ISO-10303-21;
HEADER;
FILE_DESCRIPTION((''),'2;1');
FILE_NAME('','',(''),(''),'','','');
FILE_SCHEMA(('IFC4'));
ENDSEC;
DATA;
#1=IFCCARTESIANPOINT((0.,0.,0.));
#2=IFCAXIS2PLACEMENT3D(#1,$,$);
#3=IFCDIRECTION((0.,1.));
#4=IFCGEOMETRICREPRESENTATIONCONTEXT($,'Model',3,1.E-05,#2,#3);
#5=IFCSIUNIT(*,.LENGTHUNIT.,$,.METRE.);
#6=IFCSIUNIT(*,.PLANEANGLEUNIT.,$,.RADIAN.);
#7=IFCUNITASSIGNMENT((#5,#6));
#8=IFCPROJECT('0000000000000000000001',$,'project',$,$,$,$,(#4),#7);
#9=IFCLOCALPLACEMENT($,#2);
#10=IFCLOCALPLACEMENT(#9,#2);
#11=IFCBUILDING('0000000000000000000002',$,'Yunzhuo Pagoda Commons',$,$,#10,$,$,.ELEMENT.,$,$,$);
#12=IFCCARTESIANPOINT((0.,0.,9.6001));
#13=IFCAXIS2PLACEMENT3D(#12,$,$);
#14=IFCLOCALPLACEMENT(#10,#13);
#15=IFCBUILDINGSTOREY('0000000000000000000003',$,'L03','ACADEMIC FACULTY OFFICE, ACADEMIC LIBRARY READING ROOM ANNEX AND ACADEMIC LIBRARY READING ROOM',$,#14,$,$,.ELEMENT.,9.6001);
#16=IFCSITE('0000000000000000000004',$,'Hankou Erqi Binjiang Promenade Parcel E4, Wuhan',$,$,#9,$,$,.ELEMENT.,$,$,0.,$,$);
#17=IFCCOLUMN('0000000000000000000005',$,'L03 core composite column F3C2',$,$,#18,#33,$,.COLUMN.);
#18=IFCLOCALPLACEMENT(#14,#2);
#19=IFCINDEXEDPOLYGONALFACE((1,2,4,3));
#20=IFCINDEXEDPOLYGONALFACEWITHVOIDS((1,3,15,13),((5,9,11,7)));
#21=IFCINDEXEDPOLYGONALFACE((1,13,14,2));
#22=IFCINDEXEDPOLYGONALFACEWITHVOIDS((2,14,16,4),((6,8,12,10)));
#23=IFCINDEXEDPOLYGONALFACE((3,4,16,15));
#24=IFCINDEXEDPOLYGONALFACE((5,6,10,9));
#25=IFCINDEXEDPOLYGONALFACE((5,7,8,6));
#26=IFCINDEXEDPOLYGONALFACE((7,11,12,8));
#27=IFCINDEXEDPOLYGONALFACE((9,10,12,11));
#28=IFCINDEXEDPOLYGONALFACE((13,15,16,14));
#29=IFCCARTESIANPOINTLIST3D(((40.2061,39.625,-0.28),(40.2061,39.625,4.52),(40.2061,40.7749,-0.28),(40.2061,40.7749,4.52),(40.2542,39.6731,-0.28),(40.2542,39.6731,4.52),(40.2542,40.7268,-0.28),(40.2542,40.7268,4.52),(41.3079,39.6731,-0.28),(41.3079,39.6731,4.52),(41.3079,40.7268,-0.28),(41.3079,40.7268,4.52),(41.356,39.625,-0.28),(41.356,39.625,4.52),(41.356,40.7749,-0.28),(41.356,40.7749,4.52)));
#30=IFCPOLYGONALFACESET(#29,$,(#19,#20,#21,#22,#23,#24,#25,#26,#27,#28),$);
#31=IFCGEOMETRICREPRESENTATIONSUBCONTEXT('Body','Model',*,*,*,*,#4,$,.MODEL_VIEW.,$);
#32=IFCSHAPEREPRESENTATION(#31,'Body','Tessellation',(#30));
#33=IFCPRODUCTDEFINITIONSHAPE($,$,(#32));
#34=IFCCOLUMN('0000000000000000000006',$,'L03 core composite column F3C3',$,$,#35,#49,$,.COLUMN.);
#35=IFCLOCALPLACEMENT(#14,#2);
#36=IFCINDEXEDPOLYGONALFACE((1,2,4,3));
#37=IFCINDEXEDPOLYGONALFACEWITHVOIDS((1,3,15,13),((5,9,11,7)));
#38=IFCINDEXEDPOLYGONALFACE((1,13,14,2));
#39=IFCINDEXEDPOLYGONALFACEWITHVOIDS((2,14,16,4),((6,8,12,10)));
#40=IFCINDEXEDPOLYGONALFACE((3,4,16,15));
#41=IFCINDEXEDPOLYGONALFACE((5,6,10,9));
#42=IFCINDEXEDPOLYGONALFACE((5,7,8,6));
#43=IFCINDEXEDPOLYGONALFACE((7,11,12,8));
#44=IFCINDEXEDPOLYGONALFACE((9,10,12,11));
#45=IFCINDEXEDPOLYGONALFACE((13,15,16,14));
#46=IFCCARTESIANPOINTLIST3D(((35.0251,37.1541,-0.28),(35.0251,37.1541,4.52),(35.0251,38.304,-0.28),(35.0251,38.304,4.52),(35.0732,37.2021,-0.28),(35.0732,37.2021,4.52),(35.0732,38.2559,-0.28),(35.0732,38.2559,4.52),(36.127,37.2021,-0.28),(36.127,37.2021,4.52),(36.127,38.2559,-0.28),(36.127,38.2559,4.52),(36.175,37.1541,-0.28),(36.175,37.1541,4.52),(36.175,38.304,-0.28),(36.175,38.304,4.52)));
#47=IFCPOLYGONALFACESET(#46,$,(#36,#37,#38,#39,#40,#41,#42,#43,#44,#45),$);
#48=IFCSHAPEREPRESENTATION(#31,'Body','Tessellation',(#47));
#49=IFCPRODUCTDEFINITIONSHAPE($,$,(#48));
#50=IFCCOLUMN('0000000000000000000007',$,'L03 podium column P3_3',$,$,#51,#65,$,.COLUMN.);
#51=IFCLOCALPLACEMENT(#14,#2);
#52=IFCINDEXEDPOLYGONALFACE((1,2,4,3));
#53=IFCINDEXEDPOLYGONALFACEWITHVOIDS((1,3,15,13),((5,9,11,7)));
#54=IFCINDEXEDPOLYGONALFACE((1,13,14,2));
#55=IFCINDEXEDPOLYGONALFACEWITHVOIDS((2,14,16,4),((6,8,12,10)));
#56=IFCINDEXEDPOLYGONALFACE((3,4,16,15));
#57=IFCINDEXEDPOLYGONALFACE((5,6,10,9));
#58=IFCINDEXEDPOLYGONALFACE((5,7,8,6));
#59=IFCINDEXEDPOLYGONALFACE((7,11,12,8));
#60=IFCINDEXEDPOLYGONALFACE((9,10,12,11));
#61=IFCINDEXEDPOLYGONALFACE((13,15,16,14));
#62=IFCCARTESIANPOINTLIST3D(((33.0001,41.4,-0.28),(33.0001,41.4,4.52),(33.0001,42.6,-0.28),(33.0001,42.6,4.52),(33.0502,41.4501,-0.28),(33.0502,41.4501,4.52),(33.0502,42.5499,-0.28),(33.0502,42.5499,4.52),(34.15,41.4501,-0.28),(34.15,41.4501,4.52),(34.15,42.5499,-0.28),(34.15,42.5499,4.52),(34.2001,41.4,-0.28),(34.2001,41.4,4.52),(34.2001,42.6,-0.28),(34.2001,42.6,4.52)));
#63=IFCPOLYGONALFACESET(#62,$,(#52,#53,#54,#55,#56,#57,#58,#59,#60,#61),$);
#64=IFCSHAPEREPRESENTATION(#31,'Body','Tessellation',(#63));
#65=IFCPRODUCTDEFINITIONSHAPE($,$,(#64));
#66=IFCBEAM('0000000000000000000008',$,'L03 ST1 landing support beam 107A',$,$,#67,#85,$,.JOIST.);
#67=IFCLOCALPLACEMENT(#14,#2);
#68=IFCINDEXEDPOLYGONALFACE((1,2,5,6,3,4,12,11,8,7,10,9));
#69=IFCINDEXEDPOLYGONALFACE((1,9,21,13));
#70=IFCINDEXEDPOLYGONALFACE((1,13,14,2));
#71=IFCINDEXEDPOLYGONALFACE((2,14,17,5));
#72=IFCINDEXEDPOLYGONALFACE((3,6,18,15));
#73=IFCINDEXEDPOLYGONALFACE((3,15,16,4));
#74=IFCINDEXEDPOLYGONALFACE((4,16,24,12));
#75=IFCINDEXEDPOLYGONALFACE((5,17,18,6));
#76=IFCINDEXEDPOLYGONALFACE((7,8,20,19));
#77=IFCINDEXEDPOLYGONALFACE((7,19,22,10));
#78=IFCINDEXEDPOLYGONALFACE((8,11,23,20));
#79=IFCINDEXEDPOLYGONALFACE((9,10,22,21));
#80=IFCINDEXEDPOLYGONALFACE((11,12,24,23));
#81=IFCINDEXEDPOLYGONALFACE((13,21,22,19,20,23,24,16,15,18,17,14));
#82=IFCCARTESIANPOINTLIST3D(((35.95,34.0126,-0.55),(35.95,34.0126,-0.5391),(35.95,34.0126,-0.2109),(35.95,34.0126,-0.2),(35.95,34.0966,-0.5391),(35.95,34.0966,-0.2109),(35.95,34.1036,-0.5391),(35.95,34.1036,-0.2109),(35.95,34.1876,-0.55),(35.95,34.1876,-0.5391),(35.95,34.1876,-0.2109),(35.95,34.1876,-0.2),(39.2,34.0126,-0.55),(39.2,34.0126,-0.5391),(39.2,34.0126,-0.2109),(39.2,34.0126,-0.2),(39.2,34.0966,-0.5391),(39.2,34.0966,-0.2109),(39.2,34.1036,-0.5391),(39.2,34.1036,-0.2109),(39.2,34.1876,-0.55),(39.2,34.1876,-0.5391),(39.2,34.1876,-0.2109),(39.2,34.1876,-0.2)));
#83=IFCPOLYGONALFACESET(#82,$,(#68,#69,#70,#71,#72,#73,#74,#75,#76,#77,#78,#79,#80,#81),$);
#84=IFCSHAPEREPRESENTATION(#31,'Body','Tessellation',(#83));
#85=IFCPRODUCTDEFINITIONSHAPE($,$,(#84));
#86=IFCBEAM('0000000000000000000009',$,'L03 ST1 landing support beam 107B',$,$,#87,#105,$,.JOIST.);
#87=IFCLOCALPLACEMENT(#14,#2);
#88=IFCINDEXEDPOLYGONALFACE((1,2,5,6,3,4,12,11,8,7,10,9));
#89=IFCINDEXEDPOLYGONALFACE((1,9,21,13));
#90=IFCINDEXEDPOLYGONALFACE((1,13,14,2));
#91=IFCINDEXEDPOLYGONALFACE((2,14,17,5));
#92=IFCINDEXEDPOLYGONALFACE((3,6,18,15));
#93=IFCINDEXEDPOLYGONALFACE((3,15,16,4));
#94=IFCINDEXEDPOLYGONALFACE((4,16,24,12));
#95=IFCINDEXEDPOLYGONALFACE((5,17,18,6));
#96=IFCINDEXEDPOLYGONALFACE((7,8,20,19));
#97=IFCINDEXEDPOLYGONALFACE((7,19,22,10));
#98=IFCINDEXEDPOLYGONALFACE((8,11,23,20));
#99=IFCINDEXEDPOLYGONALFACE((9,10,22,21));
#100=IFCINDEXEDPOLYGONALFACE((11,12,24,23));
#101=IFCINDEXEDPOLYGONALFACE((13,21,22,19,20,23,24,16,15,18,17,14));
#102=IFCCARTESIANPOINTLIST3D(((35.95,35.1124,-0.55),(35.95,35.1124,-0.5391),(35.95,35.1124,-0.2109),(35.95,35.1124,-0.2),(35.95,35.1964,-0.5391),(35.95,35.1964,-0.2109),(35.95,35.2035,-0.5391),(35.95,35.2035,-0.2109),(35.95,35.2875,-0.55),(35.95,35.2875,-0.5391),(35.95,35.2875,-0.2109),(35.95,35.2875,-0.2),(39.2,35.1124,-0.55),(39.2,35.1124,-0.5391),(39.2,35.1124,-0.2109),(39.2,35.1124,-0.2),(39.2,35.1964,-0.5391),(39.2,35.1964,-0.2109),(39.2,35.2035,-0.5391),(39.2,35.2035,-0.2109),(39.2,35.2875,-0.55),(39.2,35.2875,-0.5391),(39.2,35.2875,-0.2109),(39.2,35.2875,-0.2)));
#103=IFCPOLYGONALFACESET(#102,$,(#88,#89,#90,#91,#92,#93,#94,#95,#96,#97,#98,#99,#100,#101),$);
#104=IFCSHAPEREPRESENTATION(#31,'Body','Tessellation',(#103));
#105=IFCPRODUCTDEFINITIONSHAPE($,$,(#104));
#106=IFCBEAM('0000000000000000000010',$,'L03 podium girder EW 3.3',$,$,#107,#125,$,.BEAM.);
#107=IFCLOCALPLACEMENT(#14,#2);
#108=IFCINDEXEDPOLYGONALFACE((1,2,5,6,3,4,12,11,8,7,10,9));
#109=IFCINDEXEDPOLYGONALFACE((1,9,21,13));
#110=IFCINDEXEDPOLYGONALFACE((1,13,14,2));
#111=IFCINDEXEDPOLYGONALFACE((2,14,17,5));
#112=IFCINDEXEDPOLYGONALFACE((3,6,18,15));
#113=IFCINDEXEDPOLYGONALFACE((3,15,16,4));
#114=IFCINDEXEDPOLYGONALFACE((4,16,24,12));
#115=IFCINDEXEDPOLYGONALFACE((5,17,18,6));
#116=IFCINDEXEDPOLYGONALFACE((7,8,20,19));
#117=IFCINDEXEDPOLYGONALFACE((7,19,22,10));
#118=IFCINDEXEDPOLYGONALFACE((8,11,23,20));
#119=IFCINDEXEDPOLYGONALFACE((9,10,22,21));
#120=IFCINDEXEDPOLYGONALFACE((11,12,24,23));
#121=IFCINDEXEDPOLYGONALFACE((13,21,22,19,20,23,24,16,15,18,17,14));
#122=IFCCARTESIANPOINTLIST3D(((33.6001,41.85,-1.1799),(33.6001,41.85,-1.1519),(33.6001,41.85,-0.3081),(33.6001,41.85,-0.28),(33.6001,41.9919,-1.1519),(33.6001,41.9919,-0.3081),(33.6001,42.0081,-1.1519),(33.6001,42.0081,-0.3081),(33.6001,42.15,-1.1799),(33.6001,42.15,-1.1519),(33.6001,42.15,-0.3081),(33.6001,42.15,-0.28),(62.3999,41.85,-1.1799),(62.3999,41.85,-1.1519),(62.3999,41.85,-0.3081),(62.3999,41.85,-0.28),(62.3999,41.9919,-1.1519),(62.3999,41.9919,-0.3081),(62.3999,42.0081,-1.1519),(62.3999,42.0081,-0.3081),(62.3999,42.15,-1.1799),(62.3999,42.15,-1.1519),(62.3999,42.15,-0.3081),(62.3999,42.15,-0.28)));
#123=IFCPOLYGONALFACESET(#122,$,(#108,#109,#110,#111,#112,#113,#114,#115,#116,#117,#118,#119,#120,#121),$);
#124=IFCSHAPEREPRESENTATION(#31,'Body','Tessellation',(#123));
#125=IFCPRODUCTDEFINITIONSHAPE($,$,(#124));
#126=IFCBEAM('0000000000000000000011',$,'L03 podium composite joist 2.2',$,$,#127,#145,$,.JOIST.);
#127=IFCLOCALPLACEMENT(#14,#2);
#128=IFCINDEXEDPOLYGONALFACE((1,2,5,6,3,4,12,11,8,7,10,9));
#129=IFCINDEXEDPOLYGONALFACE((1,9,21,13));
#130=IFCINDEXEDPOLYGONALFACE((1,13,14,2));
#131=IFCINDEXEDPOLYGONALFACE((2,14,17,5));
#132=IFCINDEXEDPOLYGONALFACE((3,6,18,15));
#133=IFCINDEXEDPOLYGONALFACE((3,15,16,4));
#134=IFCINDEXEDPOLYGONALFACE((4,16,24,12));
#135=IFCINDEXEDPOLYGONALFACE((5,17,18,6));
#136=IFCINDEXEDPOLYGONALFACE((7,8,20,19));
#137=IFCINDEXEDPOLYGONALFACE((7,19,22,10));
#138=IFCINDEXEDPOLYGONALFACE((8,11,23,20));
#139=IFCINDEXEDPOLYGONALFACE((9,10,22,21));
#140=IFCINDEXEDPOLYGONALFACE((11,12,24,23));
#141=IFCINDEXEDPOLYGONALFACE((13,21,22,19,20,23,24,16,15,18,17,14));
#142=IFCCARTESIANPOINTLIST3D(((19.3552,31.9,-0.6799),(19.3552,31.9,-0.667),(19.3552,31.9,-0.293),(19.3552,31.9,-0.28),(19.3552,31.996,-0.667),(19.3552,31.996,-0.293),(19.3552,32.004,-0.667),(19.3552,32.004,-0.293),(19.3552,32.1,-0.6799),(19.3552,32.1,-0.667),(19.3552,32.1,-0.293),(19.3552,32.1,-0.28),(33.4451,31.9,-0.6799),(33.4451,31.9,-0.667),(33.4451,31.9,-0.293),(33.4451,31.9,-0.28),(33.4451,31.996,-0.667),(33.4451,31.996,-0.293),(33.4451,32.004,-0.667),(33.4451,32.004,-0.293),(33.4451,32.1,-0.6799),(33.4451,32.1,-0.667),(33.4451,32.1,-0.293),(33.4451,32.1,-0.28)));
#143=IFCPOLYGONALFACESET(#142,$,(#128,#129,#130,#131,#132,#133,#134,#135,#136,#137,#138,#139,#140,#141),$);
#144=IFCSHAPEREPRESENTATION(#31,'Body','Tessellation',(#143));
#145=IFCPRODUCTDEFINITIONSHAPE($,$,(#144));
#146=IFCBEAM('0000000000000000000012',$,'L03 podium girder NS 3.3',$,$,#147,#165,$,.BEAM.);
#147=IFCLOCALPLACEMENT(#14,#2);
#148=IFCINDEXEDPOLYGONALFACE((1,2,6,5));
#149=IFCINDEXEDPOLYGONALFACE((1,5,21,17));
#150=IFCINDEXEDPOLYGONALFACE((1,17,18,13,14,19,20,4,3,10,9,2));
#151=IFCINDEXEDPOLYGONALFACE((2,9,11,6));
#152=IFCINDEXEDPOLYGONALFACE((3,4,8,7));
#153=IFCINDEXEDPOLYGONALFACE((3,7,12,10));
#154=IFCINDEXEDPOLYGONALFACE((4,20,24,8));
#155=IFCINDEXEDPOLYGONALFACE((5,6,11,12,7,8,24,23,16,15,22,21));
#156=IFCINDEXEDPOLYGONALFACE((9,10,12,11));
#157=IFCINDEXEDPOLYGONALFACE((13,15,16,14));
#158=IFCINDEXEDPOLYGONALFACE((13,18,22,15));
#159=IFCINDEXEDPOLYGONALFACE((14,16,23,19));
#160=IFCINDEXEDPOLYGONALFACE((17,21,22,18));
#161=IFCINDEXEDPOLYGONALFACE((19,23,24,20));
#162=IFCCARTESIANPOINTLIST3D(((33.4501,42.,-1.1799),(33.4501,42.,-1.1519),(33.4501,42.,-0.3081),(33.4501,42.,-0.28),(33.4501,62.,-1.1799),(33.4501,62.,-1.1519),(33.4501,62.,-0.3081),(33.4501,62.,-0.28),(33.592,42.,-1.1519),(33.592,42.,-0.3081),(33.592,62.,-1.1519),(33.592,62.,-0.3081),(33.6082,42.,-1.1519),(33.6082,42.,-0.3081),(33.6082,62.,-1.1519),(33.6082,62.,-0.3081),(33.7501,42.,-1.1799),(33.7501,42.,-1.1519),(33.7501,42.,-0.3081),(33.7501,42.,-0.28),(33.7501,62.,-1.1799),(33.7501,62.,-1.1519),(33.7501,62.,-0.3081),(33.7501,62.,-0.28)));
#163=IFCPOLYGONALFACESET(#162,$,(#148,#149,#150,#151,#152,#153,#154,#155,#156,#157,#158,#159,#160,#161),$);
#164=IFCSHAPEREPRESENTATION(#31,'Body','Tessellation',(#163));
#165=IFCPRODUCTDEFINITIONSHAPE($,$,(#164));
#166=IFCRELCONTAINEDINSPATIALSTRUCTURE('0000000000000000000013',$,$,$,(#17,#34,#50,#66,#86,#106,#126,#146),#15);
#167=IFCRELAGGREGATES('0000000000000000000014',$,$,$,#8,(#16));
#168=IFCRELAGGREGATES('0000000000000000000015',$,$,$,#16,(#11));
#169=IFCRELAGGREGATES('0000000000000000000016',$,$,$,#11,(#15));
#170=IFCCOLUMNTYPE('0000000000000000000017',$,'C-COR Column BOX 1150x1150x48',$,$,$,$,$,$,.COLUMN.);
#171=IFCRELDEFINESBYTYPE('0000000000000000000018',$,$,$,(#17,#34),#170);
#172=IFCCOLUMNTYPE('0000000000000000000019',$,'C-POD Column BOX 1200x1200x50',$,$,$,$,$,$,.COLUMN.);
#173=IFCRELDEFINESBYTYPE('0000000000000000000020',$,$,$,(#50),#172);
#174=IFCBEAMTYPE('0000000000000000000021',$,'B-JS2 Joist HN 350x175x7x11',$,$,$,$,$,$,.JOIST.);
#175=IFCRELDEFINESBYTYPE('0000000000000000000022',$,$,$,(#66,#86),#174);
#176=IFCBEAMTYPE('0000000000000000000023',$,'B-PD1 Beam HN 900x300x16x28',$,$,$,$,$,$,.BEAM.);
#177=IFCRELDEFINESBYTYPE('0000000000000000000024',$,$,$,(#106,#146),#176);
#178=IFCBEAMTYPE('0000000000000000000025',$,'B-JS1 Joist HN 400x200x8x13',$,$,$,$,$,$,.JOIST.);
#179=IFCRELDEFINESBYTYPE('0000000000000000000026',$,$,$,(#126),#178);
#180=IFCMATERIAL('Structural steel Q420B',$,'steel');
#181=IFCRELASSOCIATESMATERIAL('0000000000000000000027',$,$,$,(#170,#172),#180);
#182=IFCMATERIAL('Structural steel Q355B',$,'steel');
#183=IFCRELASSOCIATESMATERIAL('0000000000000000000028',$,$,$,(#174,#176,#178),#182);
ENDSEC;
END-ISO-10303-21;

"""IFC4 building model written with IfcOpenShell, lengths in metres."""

from ifc_helpers import new_model, si_unit, direction, frame, origin, origin_2d, place, context, subcontext, project, spatial, hollow_rectangle, i_section, extrude, source, transform, mapped, material, material_profile, profile_set, type_object, element, save


model = new_model("IFC4")

# Units and contexts
model_context = context("Model", 3, precision=1e-05, world=origin(), true_north=direction((0.0, 1.0)))
body_context = subcontext(model_context, "Body", "Model", "MODEL_VIEW")
ifc_project = project(units=[si_unit("LENGTHUNIT", "METRE"), si_unit("PLANEANGLEUNIT", "RADIAN")], contexts=[model_context])

# Site, building, storey
site_placement = place(None, origin())
site = spatial("IfcSite", under=ifc_project, at=site_placement, Name="Hankou Erqi Binjiang Promenade Parcel E4, Wuhan", CompositionType="ELEMENT", RefElevation=0.0)
building_placement = place(site_placement, origin())
building = spatial("IfcBuilding", under=site, at=building_placement, Name="Yunzhuo Pagoda Commons", CompositionType="ELEMENT")
storey_placement = place(building_placement, frame((0.0, 0.0, 9.6001)))
storey = spatial("IfcBuildingStorey", under=building, at=storey_placement, Name="L03", Description="ACADEMIC FACULTY OFFICE, ACADEMIC LIBRARY READING ROOM ANNEX AND ACADEMIC LIBRARY READING ROOM", CompositionType="ELEMENT", Elevation=9.6001)

# Columns
ifc_material_1 = material(Name="Structural steel Q420B", Category="steel")
ifc_material_profile_1 = material_profile(ifc_material_1, hollow_rectangle(XDim=1.1499, YDim=1.1499, WallThickness=0.0481, at=origin_2d()), Name="Structural steel Q420B")
ifc_profile_set_1 = profile_set([ifc_material_profile_1], Name="Structural steel Q420B")
column_type_1 = type_object("IfcColumnType", Name="C-COR Column BOX 1150x1150x48", PredefinedType="COLUMN", material=ifc_profile_set_1)
shared_shape_1 = source(origin(), body_context, "Body", "SweptSolid", [
    extrude(hollow_rectangle(XDim=1.1499, YDim=1.1499, WallThickness=0.0481, at=origin_2d()), origin(), (0.0, 0.0, 1.0), 4.8),
])
for number, where, z_axis, x_axis, name in (
    (1, (40.781, 40.2, -0.28), (0.0, 0.0, 1.0), (1.0, 0.0, 0.0), "L03 core composite column F3C2"),
    (2, (35.6001, 37.729, -0.28), (0.0, 0.0, 1.0), (1.0, 0.0, 0.0), "L03 core composite column F3C3"),
):
    element("IfcColumn", number, at=place(storey_placement, frame(where, z_axis=z_axis, x_axis=x_axis)), inside=storey, type_object=column_type_1, Name=name, PredefinedType="COLUMN", context=body_context, shape_type="MappedRepresentation", body=[
        mapped(shared_shape_1, transform((0.0, 0.0, 0.0), scale=1.0)),
    ])
ifc_material_profile_2 = material_profile(ifc_material_1, hollow_rectangle(XDim=1.2, YDim=1.2, WallThickness=0.05, at=origin_2d()), Name="Structural steel Q420B")
ifc_profile_set_2 = profile_set([ifc_material_profile_2], Name="Structural steel Q420B")
column_type_2 = type_object("IfcColumnType", Name="C-POD Column BOX 1200x1200x50", PredefinedType="COLUMN", material=ifc_profile_set_2)
shared_shape_2 = source(origin(), body_context, "Body", "SweptSolid", [
    extrude(hollow_rectangle(XDim=1.2, YDim=1.2, WallThickness=0.05, at=origin_2d()), origin(), (0.0, 0.0, 1.0), 4.8),
])
column_placement = place(storey_placement, frame((33.6001, 42.0, -0.28), z_axis=(0.0, 0.0, 1.0), x_axis=(1.0, 0.0, 0.0)))
element("IfcColumn", 3, at=column_placement, inside=storey, type_object=column_type_2, Name="L03 podium column P3_3", PredefinedType="COLUMN", context=body_context, shape_type="MappedRepresentation", body=[
    mapped(shared_shape_2, transform((0.0, 0.0, 0.0), scale=1.0)),
])

# Beams
ifc_material_2 = material(Name="Structural steel Q355B", Category="steel")
ifc_material_profile_3 = material_profile(ifc_material_2, i_section(OverallWidth=0.175, OverallDepth=0.3501, WebThickness=0.0071, FlangeThickness=0.011, at=origin_2d()), Name="Structural steel Q355B")
ifc_profile_set_3 = profile_set([ifc_material_profile_3], Name="Structural steel Q355B")
beam_type_1 = type_object("IfcBeamType", Name="B-JS2 Joist HN 350x175x7x11", PredefinedType="JOIST", material=ifc_profile_set_3)
shared_shape_3 = source(origin(), body_context, "Body", "SweptSolid", [
    extrude(i_section(OverallWidth=0.175, OverallDepth=0.3501, WebThickness=0.0071, FlangeThickness=0.011, at=origin_2d()), origin(), (0.0, 0.0, 1.0), 3.25),
])
for number, where, z_axis, x_axis, name in (
    (4, (35.95, 34.1001, -0.375), (1.0, 0.0, 0.0), (0.0, 1.0, 0.0), "L03 ST1 landing support beam 107A"),
    (5, (35.95, 35.2, -0.375), (1.0, 0.0, 0.0), (0.0, 1.0, 0.0), "L03 ST1 landing support beam 107B"),
):
    element("IfcBeam", number, at=place(storey_placement, frame(where, z_axis=z_axis, x_axis=x_axis)), inside=storey, type_object=beam_type_1, Name=name, PredefinedType="JOIST", context=body_context, shape_type="MappedRepresentation", body=[
        mapped(shared_shape_3, transform((0.0, 0.0, 0.0), scale=1.0)),
    ])
ifc_material_profile_4 = material_profile(ifc_material_2, i_section(OverallWidth=0.3, OverallDepth=0.8999, WebThickness=0.0161, FlangeThickness=0.0281, at=origin_2d()), Name="Structural steel Q355B")
ifc_profile_set_4 = profile_set([ifc_material_profile_4], Name="Structural steel Q355B")
beam_type_2 = type_object("IfcBeamType", Name="B-PD1 Beam HN 900x300x16x28", PredefinedType="BEAM", material=ifc_profile_set_4)
shared_shape_4 = source(origin(), body_context, "Body", "SweptSolid", [
    extrude(i_section(OverallWidth=0.3, OverallDepth=0.8999, WebThickness=0.0161, FlangeThickness=0.0281, at=origin_2d()), origin(), (0.0, 0.0, 1.0), 28.7998),
])
beam_1_placement = place(storey_placement, frame((33.6001, 42.0, -0.73), z_axis=(1.0, 0.0, 0.0), x_axis=(0.0, 1.0, 0.0)))
element("IfcBeam", 6, at=beam_1_placement, inside=storey, type_object=beam_type_2, Name="L03 podium girder EW 3.3", PredefinedType="BEAM", context=body_context, shape_type="MappedRepresentation", body=[
    mapped(shared_shape_4, transform((0.0, 0.0, 0.0), scale=1.0)),
])
ifc_material_profile_5 = material_profile(ifc_material_2, i_section(OverallWidth=0.2, OverallDepth=0.3999, WebThickness=0.0081, FlangeThickness=0.0129, at=origin_2d()), Name="Structural steel Q355B")
ifc_profile_set_5 = profile_set([ifc_material_profile_5], Name="Structural steel Q355B")
beam_type_3 = type_object("IfcBeamType", Name="B-JS1 Joist HN 400x200x8x13", PredefinedType="JOIST", material=ifc_profile_set_5)
shared_shape_5 = source(origin(), body_context, "Body", "SweptSolid", [
    extrude(i_section(OverallWidth=0.2, OverallDepth=0.3999, WebThickness=0.0081, FlangeThickness=0.0129, at=origin_2d()), origin(), (0.0, 0.0, 1.0), 14.0898),
])
beam_2_placement = place(storey_placement, frame((19.3552, 32.0, -0.48), z_axis=(1.0, 0.0, 0.0), x_axis=(0.0, 1.0, 0.0)))
element("IfcBeam", 7, at=beam_2_placement, inside=storey, type_object=beam_type_3, Name="L03 podium composite joist 2.2", PredefinedType="JOIST", context=body_context, shape_type="MappedRepresentation", body=[
    mapped(shared_shape_5, transform((0.0, 0.0, 0.0), scale=1.0)),
])
shared_shape_6 = source(origin(), body_context, "Body", "SweptSolid", [
    extrude(i_section(OverallWidth=0.3, OverallDepth=0.8999, WebThickness=0.0161, FlangeThickness=0.0281, at=origin_2d()), origin(), (0.0, 0.0, 1.0), 20.0),
])
beam_3_placement = place(storey_placement, frame((33.6001, 42.0, -0.73), z_axis=(0.0, 1.0, 0.0), x_axis=(-1.0, 0.0, 0.0)))
element("IfcBeam", 8, at=beam_3_placement, inside=storey, type_object=beam_type_2, Name="L03 podium girder NS 3.3", PredefinedType="BEAM", context=body_context, shape_type="MappedRepresentation", body=[
    mapped(shared_shape_6, transform((0.0, 0.0, 0.0), scale=1.0)),
])

save(model, "model.ifc")
